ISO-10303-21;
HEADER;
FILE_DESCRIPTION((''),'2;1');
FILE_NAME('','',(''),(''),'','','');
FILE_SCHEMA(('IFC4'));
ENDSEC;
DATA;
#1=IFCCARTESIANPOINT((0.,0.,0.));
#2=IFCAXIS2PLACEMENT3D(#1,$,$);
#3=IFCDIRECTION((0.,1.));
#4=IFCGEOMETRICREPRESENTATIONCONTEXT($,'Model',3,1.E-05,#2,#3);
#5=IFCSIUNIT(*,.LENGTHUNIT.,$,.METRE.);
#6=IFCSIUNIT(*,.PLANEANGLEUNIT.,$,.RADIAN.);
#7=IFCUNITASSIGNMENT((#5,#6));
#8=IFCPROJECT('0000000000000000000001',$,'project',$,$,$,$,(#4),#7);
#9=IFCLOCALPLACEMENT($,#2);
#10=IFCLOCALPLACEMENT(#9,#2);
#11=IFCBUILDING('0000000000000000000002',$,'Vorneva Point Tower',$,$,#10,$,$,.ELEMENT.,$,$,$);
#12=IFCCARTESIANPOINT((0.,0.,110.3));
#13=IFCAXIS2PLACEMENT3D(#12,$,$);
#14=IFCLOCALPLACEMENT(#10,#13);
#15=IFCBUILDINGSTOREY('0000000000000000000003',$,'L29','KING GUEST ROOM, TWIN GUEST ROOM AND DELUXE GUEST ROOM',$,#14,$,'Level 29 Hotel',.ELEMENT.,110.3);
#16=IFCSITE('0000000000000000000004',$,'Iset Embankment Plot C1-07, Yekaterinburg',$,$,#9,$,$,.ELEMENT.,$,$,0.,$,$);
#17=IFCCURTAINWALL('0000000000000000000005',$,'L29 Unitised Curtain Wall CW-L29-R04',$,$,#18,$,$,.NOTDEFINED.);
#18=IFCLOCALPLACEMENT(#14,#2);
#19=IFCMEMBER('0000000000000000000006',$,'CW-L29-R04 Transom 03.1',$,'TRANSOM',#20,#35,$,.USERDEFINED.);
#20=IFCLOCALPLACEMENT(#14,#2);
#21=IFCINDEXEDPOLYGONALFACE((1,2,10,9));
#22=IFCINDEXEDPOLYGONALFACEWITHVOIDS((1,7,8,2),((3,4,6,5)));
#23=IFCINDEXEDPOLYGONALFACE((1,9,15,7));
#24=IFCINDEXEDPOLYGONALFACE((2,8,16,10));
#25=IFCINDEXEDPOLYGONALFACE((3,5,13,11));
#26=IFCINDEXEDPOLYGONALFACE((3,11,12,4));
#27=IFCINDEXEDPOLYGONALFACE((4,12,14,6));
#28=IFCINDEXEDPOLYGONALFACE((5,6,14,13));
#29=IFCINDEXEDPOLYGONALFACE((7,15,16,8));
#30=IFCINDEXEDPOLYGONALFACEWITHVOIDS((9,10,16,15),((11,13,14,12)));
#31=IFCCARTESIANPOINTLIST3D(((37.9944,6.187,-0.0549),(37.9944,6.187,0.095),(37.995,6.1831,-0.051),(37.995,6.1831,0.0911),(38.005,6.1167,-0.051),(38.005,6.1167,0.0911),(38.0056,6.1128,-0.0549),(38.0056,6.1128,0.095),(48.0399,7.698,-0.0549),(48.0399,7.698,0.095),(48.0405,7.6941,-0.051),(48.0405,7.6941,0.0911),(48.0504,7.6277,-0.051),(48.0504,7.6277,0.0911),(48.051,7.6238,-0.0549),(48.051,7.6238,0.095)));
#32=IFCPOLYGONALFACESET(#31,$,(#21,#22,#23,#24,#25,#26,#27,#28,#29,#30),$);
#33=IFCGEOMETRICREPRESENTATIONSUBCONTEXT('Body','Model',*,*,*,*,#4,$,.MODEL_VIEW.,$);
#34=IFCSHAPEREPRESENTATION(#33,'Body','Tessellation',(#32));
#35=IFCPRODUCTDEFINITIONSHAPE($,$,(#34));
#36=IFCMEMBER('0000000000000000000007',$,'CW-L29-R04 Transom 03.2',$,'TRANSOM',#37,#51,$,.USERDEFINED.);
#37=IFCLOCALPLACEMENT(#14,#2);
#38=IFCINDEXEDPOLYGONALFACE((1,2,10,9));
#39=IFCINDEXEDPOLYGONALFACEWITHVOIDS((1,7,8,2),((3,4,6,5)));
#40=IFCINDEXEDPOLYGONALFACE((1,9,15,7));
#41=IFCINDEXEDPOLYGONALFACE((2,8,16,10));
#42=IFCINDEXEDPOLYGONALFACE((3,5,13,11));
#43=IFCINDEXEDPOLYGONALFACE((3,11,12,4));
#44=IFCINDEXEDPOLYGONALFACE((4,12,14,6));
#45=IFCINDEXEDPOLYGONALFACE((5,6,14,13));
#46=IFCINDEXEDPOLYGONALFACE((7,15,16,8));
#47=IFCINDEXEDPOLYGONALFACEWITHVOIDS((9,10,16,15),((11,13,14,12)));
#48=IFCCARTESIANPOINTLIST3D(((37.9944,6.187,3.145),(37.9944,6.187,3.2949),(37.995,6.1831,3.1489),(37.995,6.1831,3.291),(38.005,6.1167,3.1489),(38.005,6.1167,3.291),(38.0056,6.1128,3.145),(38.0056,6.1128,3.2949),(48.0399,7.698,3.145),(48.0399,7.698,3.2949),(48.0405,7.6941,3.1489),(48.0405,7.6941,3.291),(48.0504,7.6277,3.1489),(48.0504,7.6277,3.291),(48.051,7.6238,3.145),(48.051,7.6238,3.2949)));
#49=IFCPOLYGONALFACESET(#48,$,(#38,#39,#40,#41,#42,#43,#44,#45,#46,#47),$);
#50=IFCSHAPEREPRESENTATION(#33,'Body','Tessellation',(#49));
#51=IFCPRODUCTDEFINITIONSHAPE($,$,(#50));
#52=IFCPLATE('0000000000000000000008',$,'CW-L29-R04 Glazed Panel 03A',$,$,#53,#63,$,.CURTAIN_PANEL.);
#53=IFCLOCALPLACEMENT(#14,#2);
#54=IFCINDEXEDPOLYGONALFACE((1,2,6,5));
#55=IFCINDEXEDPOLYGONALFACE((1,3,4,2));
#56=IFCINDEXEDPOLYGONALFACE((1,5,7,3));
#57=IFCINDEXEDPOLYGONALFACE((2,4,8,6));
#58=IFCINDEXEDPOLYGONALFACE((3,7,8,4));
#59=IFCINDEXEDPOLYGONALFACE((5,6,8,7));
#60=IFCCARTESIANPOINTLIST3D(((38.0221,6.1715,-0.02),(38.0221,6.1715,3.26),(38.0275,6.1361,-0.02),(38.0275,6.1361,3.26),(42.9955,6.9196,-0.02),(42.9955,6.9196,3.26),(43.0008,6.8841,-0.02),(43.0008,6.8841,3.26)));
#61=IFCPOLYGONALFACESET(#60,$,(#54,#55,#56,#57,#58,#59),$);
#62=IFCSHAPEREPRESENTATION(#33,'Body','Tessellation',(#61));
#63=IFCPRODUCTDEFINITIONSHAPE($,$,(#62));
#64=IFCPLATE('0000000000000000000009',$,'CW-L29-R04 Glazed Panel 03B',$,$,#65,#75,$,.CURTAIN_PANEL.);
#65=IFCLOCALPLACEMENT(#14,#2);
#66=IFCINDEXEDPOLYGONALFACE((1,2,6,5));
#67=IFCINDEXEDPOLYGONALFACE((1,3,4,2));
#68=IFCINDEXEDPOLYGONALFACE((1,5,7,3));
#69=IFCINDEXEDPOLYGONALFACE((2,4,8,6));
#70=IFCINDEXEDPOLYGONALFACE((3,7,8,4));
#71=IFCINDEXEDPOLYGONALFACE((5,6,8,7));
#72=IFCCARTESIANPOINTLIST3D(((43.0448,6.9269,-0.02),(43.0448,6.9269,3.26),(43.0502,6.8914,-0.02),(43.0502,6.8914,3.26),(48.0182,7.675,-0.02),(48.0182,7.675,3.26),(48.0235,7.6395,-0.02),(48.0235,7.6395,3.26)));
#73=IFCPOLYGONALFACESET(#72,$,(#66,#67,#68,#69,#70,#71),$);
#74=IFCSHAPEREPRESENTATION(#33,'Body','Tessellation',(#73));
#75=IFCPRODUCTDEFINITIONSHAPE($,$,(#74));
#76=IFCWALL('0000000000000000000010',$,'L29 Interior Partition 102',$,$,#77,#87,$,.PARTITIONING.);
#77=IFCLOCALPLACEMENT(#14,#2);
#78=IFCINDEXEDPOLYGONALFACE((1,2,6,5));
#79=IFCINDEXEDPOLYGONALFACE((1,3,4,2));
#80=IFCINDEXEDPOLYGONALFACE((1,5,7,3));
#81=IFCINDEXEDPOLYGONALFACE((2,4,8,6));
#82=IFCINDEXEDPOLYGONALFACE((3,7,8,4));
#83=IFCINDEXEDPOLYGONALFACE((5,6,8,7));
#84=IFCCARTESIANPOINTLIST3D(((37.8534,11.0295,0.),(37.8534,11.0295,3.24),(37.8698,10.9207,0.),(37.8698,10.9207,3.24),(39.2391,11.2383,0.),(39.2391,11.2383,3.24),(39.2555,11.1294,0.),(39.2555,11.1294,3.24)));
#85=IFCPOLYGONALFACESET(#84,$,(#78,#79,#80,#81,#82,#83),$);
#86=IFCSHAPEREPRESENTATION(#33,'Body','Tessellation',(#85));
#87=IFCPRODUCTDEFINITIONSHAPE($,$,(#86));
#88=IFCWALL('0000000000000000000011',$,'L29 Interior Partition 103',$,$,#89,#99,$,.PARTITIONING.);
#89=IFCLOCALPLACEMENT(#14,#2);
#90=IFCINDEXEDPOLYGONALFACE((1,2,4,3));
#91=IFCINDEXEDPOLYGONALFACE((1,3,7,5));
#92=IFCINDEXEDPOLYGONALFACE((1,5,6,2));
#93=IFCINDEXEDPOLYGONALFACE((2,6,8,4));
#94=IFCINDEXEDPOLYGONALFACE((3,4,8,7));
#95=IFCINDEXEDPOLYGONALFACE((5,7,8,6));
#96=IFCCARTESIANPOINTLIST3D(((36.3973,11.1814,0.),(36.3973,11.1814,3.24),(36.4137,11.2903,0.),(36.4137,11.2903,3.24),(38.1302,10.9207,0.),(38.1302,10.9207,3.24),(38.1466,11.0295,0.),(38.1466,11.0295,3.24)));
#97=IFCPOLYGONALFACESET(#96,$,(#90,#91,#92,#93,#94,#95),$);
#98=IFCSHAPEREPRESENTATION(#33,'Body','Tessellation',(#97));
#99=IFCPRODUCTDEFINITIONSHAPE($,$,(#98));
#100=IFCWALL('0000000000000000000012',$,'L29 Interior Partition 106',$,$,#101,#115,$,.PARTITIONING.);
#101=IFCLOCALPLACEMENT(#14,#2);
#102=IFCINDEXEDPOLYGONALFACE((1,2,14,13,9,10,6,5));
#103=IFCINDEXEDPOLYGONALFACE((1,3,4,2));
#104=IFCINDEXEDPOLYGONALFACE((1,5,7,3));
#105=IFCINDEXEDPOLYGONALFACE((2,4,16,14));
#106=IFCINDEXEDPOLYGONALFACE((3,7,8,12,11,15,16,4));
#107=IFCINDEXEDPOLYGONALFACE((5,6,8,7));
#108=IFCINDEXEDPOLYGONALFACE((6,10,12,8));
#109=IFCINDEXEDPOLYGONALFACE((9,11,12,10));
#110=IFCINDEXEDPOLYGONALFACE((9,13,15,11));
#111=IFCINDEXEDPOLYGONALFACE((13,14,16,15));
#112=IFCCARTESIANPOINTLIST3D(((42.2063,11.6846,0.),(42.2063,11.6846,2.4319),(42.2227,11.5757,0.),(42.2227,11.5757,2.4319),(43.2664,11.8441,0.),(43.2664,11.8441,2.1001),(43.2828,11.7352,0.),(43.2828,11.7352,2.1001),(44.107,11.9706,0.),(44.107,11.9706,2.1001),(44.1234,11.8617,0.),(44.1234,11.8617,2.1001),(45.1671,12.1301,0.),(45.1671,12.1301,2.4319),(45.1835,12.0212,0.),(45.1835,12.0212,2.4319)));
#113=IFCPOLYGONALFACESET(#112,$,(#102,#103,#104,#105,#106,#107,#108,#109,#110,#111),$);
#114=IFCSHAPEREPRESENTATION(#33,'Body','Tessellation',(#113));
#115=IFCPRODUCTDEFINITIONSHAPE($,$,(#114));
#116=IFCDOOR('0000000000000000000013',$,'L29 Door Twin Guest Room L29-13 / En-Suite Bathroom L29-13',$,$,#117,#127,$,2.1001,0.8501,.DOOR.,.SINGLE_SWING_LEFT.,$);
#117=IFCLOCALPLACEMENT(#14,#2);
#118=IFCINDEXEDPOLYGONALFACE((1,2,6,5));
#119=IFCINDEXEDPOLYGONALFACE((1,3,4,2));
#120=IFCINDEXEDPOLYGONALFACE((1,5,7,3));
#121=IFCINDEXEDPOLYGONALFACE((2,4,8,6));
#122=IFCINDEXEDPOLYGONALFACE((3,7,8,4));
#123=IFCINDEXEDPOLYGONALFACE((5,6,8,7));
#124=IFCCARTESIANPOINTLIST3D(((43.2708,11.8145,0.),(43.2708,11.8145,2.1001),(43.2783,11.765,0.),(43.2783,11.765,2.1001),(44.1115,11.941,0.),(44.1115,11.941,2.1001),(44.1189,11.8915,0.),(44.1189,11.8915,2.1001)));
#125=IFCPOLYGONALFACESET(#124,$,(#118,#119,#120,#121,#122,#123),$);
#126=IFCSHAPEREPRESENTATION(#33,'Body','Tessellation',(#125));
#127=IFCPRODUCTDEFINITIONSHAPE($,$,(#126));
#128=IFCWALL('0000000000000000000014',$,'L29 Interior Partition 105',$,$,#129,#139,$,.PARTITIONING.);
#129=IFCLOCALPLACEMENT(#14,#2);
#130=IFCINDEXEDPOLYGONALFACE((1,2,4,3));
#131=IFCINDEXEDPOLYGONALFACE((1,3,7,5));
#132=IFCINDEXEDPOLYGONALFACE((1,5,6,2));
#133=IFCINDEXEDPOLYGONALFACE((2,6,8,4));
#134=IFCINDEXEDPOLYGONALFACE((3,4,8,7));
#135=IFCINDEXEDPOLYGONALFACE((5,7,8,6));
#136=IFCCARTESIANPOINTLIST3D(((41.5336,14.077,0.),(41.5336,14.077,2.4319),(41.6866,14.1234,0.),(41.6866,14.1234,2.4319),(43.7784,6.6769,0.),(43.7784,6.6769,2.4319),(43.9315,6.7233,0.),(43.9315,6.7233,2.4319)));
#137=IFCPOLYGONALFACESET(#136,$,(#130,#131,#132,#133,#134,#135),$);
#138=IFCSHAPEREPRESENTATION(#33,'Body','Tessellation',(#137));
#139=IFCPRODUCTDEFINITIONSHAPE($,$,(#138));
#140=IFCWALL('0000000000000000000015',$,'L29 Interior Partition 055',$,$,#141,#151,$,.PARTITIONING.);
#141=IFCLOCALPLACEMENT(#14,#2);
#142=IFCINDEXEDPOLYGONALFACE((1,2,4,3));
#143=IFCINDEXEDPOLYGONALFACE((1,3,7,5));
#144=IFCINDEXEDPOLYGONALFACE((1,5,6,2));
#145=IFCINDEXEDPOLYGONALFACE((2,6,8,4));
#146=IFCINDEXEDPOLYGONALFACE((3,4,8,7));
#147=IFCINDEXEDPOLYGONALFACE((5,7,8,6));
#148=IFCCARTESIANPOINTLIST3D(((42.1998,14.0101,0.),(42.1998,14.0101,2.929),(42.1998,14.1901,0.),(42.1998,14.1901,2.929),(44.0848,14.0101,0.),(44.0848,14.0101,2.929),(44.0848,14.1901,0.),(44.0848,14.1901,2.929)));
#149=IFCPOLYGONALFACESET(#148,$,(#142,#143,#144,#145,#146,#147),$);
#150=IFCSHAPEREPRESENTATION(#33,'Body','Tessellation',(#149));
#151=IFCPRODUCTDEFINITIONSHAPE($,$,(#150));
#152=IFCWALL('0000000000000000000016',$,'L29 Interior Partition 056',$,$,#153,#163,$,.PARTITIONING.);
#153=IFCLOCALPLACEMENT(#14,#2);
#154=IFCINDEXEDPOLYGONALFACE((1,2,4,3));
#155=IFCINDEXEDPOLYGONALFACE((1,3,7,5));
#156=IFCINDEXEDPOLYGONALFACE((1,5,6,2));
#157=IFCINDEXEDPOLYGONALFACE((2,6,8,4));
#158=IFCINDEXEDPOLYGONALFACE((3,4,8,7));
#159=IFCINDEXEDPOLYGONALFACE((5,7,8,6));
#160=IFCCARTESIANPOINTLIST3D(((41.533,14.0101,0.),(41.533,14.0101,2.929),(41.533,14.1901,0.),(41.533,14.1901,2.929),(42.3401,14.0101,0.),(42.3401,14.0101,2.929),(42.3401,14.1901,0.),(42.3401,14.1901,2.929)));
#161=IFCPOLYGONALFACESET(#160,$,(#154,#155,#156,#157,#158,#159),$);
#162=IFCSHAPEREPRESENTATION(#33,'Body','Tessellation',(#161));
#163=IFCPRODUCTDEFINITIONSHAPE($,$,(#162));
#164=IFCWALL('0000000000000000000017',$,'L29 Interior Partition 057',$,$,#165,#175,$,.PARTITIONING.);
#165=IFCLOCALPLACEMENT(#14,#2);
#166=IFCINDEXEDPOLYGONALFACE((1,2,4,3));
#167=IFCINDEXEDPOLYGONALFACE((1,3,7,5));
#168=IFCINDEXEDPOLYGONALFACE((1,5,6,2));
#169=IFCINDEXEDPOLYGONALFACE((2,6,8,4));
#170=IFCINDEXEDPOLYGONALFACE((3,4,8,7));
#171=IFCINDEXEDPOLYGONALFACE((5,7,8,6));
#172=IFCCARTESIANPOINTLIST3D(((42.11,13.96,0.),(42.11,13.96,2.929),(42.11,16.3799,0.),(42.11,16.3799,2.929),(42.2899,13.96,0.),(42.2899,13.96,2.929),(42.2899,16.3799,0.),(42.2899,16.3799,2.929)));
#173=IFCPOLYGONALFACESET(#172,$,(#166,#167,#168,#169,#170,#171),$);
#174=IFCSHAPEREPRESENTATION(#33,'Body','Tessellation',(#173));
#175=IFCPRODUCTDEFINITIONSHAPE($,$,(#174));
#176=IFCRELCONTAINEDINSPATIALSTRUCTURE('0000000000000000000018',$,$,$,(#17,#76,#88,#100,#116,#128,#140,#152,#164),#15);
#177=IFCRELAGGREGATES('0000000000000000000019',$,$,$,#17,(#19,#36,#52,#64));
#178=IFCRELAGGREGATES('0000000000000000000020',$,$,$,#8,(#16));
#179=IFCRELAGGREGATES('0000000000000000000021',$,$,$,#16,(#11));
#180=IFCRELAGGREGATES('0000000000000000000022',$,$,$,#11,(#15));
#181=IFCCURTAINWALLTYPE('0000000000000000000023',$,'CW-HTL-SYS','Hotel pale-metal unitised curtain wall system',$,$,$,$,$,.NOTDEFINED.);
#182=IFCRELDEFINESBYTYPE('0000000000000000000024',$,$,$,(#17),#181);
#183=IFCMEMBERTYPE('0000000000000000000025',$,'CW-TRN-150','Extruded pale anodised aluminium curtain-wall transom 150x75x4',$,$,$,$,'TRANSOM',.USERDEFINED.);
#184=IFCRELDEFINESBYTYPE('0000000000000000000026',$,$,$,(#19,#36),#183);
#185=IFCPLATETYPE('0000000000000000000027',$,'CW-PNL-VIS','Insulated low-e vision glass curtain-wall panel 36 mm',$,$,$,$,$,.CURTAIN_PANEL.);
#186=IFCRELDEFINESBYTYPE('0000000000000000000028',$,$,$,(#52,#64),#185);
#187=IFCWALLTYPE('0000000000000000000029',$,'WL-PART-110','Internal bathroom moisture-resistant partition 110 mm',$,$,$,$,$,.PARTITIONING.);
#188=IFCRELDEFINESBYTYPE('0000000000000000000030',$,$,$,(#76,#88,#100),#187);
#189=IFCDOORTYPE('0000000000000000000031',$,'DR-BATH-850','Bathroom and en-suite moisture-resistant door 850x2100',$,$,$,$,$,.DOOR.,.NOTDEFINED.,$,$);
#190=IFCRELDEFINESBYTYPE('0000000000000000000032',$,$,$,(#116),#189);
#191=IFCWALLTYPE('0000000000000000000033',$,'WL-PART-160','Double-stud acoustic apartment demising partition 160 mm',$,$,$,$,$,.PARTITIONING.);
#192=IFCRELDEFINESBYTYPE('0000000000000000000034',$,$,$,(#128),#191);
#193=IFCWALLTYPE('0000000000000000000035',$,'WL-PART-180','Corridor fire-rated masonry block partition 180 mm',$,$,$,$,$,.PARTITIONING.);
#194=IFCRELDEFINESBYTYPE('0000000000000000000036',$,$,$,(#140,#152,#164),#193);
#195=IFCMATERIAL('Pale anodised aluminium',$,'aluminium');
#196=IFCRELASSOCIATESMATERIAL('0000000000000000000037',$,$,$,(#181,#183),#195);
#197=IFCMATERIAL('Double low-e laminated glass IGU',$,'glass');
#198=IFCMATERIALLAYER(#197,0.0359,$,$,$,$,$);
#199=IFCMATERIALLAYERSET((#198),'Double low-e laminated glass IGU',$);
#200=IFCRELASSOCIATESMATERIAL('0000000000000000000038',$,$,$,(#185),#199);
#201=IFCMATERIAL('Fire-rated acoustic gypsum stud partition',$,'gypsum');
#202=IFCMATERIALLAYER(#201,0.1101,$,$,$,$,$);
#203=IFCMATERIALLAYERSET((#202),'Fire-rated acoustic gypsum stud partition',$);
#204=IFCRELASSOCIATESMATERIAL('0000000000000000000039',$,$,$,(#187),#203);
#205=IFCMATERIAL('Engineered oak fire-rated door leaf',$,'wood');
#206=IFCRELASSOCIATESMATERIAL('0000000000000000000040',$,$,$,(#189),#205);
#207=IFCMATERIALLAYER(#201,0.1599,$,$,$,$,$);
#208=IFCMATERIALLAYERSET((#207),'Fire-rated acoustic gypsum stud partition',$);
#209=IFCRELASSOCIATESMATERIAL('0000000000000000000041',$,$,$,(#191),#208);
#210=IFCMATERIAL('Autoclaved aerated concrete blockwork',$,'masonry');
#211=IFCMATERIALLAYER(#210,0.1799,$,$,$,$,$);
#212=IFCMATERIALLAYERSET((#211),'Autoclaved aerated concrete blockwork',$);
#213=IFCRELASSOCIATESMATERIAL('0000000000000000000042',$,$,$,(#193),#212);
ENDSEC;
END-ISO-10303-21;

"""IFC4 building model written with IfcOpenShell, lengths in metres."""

from ifc_helpers import new_model, si_unit, direction, frame, frame_2d, origin, origin_2d, place, context, subcontext, project, spatial, rectangle, hollow_rectangle, extrude, material, layer, layer_set, material_profile, profile_set, type_object, element, fill, aggregate, save


model = new_model("IFC4")

# Units and contexts
model_context = context("Model", 3, precision=1e-05, world=origin(), true_north=direction((0.0, 1.0)))
body_context = subcontext(model_context, "Body", "Model", "MODEL_VIEW")
ifc_project = project(units=[si_unit("LENGTHUNIT", "METRE"), si_unit("PLANEANGLEUNIT", "RADIAN")], contexts=[model_context])

# Site, building, storey
site_placement = place(None, origin())
site = spatial("IfcSite", under=ifc_project, at=site_placement, Name="Iset Embankment Plot C1-07, Yekaterinburg", CompositionType="ELEMENT", RefElevation=0.0)
building_placement = place(site_placement, origin())
building = spatial("IfcBuilding", under=site, at=building_placement, Name="Vorneva Point Tower", CompositionType="ELEMENT")
storey_placement = place(building_placement, frame((0.0, 0.0, 110.3)))
storey = spatial("IfcBuildingStorey", under=building, at=storey_placement, Name="L29", Description="KING GUEST ROOM, TWIN GUEST ROOM AND DELUXE GUEST ROOM", LongName="Level 29 Hotel", CompositionType="ELEMENT", Elevation=110.3)

# Curtain wall, members, plates
ifc_material_1 = material(Name="Pale anodised aluminium", Category="aluminium")
curtain_wall_type = type_object("IfcCurtainWallType", Name="CW-HTL-SYS", Description="Hotel pale-metal unitised curtain wall system", PredefinedType="NOTDEFINED", material=ifc_material_1)
curtain_wall_placement = place(storey_placement, origin())
curtain_wall = element("IfcCurtainWall", 1, at=curtain_wall_placement, inside=storey, type_object=curtain_wall_type, Name="L29 Unitised Curtain Wall CW-L29-R04", PredefinedType="NOTDEFINED")
ifc_material_profile_1 = material_profile(ifc_material_1, hollow_rectangle(XDim=0.075, YDim=0.1499, WallThickness=0.0039, at=origin_2d()), Name="AL-TRN 150x75x4")
ifc_profile_set_1 = profile_set([ifc_material_profile_1], Name="Pale anodised aluminium")
member_type_1 = type_object("IfcMemberType", Name="CW-TRN-150", Description="Extruded pale anodised aluminium curtain-wall transom 150x75x4", ElementType="TRANSOM", PredefinedType="USERDEFINED", material=ifc_profile_set_1)
member_1_placement = place(storey_placement, frame((38.0, 6.1499, 0.02), z_axis=(0.988876, 0.148742, 0.0), x_axis=(-0.148742, 0.988876, 0.0)))
member_1 = element("IfcMember", 2, at=member_1_placement, type_object=member_type_1, Name="CW-L29-R04 Transom 03.1", ObjectType="TRANSOM", PredefinedType="USERDEFINED", context=body_context, shape_type="SweptSolid", body=[
    extrude(hollow_rectangle(XDim=0.075, YDim=0.1499, WallThickness=0.0039, at=origin_2d()), origin(), (0.0, 0.0, 1.0), 10.1584),
])
member_2_placement = place(storey_placement, frame((38.0, 6.1499, 3.22), z_axis=(0.988876, 0.148742, 0.0), x_axis=(-0.148742, 0.988876, 0.0)))
member_2 = element("IfcMember", 3, at=member_2_placement, type_object=member_type_1, Name="CW-L29-R04 Transom 03.2", ObjectType="TRANSOM", PredefinedType="USERDEFINED", context=body_context, shape_type="SweptSolid", body=[
    extrude(hollow_rectangle(XDim=0.075, YDim=0.1499, WallThickness=0.0039, at=origin_2d()), origin(), (0.0, 0.0, 1.0), 10.1584),
])
ifc_material_2 = material(Name="Double low-e laminated glass IGU", Category="glass")
ifc_layer_1 = layer(ifc_material_2, 0.0359)
ifc_layer_set_1 = layer_set([ifc_layer_1], Name="Double low-e laminated glass IGU")
plate_type = type_object("IfcPlateType", Name="CW-PNL-VIS", Description="Insulated low-e vision glass curtain-wall panel 36 mm", PredefinedType="CURTAIN_PANEL", material=ifc_layer_set_1)
plate_1_placement = place(storey_placement, frame((40.5115, 6.5278, -0.02), z_axis=(0.0, 0.0, 1.0), x_axis=(0.988876, 0.148741, 0.0)))
plate_1 = element("IfcPlate", 4, at=plate_1_placement, type_object=plate_type, Name="CW-L29-R04 Glazed Panel 03A", PredefinedType="CURTAIN_PANEL", context=body_context, shape_type="SweptSolid", body=[
    extrude(rectangle(XDim=5.0293, YDim=0.0359, at=origin_2d()), origin(), (0.0, 0.0, 1.0), 3.28),
])
plate_2_placement = place(storey_placement, frame((45.5342, 7.2832, -0.02), z_axis=(0.0, 0.0, 1.0), x_axis=(0.988876, 0.148741, 0.0)))
plate_2 = element("IfcPlate", 5, at=plate_2_placement, type_object=plate_type, Name="CW-L29-R04 Glazed Panel 03B", PredefinedType="CURTAIN_PANEL", context=body_context, shape_type="SweptSolid", body=[
    extrude(rectangle(XDim=5.0293, YDim=0.0359, at=origin_2d()), origin(), (0.0, 0.0, 1.0), 3.28),
])
aggregate(curtain_wall, [member_1, member_2, plate_1, plate_2])

# Walls
ifc_material_3 = material(Name="Fire-rated acoustic gypsum stud partition", Category="gypsum")
ifc_layer_2 = layer(ifc_material_3, 0.1101)
ifc_layer_set_2 = layer_set([ifc_layer_2], Name="Fire-rated acoustic gypsum stud partition")
wall_type_1 = type_object("IfcWallType", Name="WL-PART-110", Description="Internal bathroom moisture-resistant partition 110 mm", PredefinedType="PARTITIONING", material=ifc_layer_set_2)
wall_1_placement = place(storey_placement, frame((39.2473, 11.1838, 0.0), z_axis=(0.0, 0.0, 1.0), x_axis=(-0.988844, -0.148954, 0.0)))
element("IfcWall", 6, at=wall_1_placement, inside=storey, type_object=wall_type_1, Name="L29 Interior Partition 102", PredefinedType="PARTITIONING", context=body_context, shape_type="SweptSolid", body=[
    extrude(rectangle(XDim=1.4014, YDim=0.1101, at=frame_2d((0.7007, 0.0))), origin(), (0.0, 0.0, 1.0), 3.24),
])
wall_2_placement = place(storey_placement, frame((38.1384, 10.9751, 0.0), z_axis=(0.0, 0.0, 1.0), x_axis=(-0.988869, 0.14879, 0.0)))
element("IfcWall", 7, at=wall_2_placement, inside=storey, type_object=wall_type_1, Name="L29 Interior Partition 103", PredefinedType="PARTITIONING", context=body_context, shape_type="SweptSolid", body=[
    extrude(rectangle(XDim=1.7524, YDim=0.1101, at=frame_2d((0.8762, 0.0))), origin(), (0.0, 0.0, 1.0), 3.24),
])

# Wall, opening, door
wall_3_placement = place(storey_placement, frame((45.1753, 12.0757, 0.0), z_axis=(0.0, 0.0, 1.0), x_axis=(-0.988865, -0.148815, 0.0)))
wall_3 = element("IfcWall", 8, at=wall_3_placement, inside=storey, type_object=wall_type_1, Name="L29 Interior Partition 106", PredefinedType="PARTITIONING", context=body_context, shape_type="SweptSolid", body=[
    extrude(rectangle(XDim=2.9941, YDim=0.1101, at=frame_2d((1.4971, 0.0))), origin(), (0.0, 0.0, 1.0), 2.4319),
])
opening_1_placement = place(wall_3_placement, frame((1.072, 0.0, 0.0)))
opening_1 = element("IfcOpeningElement", 9, at=opening_1_placement, cuts=wall_3, PredefinedType="OPENING", context=body_context, shape_type="SweptSolid", body=[
    extrude(rectangle(XDim=0.8501, YDim=2.1001, at=frame_2d((0.425, 1.05))), frame((0.0, 0.0698, 0.0), z_axis=(0.0, -1.0, 0.0), x_axis=(1.0, 0.0, 0.0)), (0.0, 0.0, 1.0), 0.1399),
])
ifc_material_4 = material(Name="Engineered oak fire-rated door leaf", Category="wood")
door_type_1 = type_object("IfcDoorType", Name="DR-BATH-850", Description="Bathroom and en-suite moisture-resistant door 850x2100", OperationType="NOTDEFINED", PredefinedType="DOOR", material=ifc_material_4)
door_1_placement = place(opening_1_placement, origin())
door_1 = element("IfcDoor", 10, at=door_1_placement, inside=storey, type_object=door_type_1, Name="L29 Door Twin Guest Room L29-13 / En-Suite Bathroom L29-13", OperationType="SINGLE_SWING_LEFT", OverallHeight=2.1001, OverallWidth=0.8501, PredefinedType="DOOR", context=body_context, shape_type="SweptSolid", body=[
    extrude(rectangle(XDim=0.8501, YDim=2.1001, at=frame_2d((0.425, 1.05))), frame((0.0, 0.0249, 0.0), z_axis=(0.0, -1.0, 0.0), x_axis=(1.0, 0.0, 0.0)), (0.0, 0.0, 1.0), 0.05),
])
fill(opening_1, door_1)

# Wall
ifc_layer_3 = layer(ifc_material_3, 0.1599)
ifc_layer_set_3 = layer_set([ifc_layer_3], Name="Fire-rated acoustic gypsum stud partition")
wall_type_2 = type_object("IfcWallType", Name="WL-PART-160", Description="Double-stud acoustic apartment demising partition 160 mm", PredefinedType="PARTITIONING", material=ifc_layer_set_3)
wall_4_placement = place(storey_placement, frame((43.855, 6.7, 0.0), z_axis=(0.0, 0.0, 1.0), x_axis=(-0.290292, 0.956938, 0.0)))
element("IfcWall", 11, at=wall_4_placement, inside=storey, type_object=wall_type_2, Name="L29 Interior Partition 105", PredefinedType="PARTITIONING", context=body_context, shape_type="SweptSolid", body=[
    extrude(rectangle(XDim=7.7332, YDim=0.1599, at=frame_2d((3.8667, 0.0))), origin(), (0.0, 0.0, 1.0), 2.4319),
])

# Shared definitions
ifc_material_5 = material(Name="Autoclaved aerated concrete blockwork", Category="masonry")
ifc_layer_4 = layer(ifc_material_5, 0.1799)
ifc_layer_set_4 = layer_set([ifc_layer_4], Name="Autoclaved aerated concrete blockwork")
wall_type_3 = type_object("IfcWallType", Name="WL-PART-180", Description="Corridor fire-rated masonry block partition 180 mm", PredefinedType="PARTITIONING", material=ifc_layer_set_4)

# Walls
wall_5_placement = place(storey_placement, frame((42.2, 14.1001, 0.0), z_axis=(0.0, 0.0, 1.0), x_axis=(1.0, 0.0, 0.0)))
element("IfcWall", 12, at=wall_5_placement, inside=storey, type_object=wall_type_3, Name="L29 Interior Partition 055", PredefinedType="PARTITIONING", context=body_context, shape_type="SweptSolid", body=[
    extrude(rectangle(XDim=1.885, YDim=0.1799, at=frame_2d((0.9424, 0.0))), origin(), (0.0, 0.0, 1.0), 2.929),
])
wall_6_placement = place(storey_placement, frame((41.533, 14.1001, 0.0), z_axis=(0.0, 0.0, 1.0), x_axis=(1.0, 0.0, 0.0)))
element("IfcWall", 13, at=wall_6_placement, inside=storey, type_object=wall_type_3, Name="L29 Interior Partition 056", PredefinedType="PARTITIONING", context=body_context, shape_type="SweptSolid", body=[
    extrude(rectangle(XDim=0.8071, YDim=0.1799, at=frame_2d((0.4036, 0.0))), origin(), (0.0, 0.0, 1.0), 2.929),
])
wall_7_placement = place(storey_placement, frame((42.2, 13.96, 0.0), z_axis=(0.0, 0.0, 1.0), x_axis=(0.0, 1.0, 0.0)))
element("IfcWall", 14, at=wall_7_placement, inside=storey, type_object=wall_type_3, Name="L29 Interior Partition 057", PredefinedType="PARTITIONING", context=body_context, shape_type="SweptSolid", body=[
    extrude(rectangle(XDim=2.4199, YDim=0.1799, at=frame_2d((1.21, 0.0))), origin(), (0.0, 0.0, 1.0), 2.929),
])

save(model, "model.ifc")
